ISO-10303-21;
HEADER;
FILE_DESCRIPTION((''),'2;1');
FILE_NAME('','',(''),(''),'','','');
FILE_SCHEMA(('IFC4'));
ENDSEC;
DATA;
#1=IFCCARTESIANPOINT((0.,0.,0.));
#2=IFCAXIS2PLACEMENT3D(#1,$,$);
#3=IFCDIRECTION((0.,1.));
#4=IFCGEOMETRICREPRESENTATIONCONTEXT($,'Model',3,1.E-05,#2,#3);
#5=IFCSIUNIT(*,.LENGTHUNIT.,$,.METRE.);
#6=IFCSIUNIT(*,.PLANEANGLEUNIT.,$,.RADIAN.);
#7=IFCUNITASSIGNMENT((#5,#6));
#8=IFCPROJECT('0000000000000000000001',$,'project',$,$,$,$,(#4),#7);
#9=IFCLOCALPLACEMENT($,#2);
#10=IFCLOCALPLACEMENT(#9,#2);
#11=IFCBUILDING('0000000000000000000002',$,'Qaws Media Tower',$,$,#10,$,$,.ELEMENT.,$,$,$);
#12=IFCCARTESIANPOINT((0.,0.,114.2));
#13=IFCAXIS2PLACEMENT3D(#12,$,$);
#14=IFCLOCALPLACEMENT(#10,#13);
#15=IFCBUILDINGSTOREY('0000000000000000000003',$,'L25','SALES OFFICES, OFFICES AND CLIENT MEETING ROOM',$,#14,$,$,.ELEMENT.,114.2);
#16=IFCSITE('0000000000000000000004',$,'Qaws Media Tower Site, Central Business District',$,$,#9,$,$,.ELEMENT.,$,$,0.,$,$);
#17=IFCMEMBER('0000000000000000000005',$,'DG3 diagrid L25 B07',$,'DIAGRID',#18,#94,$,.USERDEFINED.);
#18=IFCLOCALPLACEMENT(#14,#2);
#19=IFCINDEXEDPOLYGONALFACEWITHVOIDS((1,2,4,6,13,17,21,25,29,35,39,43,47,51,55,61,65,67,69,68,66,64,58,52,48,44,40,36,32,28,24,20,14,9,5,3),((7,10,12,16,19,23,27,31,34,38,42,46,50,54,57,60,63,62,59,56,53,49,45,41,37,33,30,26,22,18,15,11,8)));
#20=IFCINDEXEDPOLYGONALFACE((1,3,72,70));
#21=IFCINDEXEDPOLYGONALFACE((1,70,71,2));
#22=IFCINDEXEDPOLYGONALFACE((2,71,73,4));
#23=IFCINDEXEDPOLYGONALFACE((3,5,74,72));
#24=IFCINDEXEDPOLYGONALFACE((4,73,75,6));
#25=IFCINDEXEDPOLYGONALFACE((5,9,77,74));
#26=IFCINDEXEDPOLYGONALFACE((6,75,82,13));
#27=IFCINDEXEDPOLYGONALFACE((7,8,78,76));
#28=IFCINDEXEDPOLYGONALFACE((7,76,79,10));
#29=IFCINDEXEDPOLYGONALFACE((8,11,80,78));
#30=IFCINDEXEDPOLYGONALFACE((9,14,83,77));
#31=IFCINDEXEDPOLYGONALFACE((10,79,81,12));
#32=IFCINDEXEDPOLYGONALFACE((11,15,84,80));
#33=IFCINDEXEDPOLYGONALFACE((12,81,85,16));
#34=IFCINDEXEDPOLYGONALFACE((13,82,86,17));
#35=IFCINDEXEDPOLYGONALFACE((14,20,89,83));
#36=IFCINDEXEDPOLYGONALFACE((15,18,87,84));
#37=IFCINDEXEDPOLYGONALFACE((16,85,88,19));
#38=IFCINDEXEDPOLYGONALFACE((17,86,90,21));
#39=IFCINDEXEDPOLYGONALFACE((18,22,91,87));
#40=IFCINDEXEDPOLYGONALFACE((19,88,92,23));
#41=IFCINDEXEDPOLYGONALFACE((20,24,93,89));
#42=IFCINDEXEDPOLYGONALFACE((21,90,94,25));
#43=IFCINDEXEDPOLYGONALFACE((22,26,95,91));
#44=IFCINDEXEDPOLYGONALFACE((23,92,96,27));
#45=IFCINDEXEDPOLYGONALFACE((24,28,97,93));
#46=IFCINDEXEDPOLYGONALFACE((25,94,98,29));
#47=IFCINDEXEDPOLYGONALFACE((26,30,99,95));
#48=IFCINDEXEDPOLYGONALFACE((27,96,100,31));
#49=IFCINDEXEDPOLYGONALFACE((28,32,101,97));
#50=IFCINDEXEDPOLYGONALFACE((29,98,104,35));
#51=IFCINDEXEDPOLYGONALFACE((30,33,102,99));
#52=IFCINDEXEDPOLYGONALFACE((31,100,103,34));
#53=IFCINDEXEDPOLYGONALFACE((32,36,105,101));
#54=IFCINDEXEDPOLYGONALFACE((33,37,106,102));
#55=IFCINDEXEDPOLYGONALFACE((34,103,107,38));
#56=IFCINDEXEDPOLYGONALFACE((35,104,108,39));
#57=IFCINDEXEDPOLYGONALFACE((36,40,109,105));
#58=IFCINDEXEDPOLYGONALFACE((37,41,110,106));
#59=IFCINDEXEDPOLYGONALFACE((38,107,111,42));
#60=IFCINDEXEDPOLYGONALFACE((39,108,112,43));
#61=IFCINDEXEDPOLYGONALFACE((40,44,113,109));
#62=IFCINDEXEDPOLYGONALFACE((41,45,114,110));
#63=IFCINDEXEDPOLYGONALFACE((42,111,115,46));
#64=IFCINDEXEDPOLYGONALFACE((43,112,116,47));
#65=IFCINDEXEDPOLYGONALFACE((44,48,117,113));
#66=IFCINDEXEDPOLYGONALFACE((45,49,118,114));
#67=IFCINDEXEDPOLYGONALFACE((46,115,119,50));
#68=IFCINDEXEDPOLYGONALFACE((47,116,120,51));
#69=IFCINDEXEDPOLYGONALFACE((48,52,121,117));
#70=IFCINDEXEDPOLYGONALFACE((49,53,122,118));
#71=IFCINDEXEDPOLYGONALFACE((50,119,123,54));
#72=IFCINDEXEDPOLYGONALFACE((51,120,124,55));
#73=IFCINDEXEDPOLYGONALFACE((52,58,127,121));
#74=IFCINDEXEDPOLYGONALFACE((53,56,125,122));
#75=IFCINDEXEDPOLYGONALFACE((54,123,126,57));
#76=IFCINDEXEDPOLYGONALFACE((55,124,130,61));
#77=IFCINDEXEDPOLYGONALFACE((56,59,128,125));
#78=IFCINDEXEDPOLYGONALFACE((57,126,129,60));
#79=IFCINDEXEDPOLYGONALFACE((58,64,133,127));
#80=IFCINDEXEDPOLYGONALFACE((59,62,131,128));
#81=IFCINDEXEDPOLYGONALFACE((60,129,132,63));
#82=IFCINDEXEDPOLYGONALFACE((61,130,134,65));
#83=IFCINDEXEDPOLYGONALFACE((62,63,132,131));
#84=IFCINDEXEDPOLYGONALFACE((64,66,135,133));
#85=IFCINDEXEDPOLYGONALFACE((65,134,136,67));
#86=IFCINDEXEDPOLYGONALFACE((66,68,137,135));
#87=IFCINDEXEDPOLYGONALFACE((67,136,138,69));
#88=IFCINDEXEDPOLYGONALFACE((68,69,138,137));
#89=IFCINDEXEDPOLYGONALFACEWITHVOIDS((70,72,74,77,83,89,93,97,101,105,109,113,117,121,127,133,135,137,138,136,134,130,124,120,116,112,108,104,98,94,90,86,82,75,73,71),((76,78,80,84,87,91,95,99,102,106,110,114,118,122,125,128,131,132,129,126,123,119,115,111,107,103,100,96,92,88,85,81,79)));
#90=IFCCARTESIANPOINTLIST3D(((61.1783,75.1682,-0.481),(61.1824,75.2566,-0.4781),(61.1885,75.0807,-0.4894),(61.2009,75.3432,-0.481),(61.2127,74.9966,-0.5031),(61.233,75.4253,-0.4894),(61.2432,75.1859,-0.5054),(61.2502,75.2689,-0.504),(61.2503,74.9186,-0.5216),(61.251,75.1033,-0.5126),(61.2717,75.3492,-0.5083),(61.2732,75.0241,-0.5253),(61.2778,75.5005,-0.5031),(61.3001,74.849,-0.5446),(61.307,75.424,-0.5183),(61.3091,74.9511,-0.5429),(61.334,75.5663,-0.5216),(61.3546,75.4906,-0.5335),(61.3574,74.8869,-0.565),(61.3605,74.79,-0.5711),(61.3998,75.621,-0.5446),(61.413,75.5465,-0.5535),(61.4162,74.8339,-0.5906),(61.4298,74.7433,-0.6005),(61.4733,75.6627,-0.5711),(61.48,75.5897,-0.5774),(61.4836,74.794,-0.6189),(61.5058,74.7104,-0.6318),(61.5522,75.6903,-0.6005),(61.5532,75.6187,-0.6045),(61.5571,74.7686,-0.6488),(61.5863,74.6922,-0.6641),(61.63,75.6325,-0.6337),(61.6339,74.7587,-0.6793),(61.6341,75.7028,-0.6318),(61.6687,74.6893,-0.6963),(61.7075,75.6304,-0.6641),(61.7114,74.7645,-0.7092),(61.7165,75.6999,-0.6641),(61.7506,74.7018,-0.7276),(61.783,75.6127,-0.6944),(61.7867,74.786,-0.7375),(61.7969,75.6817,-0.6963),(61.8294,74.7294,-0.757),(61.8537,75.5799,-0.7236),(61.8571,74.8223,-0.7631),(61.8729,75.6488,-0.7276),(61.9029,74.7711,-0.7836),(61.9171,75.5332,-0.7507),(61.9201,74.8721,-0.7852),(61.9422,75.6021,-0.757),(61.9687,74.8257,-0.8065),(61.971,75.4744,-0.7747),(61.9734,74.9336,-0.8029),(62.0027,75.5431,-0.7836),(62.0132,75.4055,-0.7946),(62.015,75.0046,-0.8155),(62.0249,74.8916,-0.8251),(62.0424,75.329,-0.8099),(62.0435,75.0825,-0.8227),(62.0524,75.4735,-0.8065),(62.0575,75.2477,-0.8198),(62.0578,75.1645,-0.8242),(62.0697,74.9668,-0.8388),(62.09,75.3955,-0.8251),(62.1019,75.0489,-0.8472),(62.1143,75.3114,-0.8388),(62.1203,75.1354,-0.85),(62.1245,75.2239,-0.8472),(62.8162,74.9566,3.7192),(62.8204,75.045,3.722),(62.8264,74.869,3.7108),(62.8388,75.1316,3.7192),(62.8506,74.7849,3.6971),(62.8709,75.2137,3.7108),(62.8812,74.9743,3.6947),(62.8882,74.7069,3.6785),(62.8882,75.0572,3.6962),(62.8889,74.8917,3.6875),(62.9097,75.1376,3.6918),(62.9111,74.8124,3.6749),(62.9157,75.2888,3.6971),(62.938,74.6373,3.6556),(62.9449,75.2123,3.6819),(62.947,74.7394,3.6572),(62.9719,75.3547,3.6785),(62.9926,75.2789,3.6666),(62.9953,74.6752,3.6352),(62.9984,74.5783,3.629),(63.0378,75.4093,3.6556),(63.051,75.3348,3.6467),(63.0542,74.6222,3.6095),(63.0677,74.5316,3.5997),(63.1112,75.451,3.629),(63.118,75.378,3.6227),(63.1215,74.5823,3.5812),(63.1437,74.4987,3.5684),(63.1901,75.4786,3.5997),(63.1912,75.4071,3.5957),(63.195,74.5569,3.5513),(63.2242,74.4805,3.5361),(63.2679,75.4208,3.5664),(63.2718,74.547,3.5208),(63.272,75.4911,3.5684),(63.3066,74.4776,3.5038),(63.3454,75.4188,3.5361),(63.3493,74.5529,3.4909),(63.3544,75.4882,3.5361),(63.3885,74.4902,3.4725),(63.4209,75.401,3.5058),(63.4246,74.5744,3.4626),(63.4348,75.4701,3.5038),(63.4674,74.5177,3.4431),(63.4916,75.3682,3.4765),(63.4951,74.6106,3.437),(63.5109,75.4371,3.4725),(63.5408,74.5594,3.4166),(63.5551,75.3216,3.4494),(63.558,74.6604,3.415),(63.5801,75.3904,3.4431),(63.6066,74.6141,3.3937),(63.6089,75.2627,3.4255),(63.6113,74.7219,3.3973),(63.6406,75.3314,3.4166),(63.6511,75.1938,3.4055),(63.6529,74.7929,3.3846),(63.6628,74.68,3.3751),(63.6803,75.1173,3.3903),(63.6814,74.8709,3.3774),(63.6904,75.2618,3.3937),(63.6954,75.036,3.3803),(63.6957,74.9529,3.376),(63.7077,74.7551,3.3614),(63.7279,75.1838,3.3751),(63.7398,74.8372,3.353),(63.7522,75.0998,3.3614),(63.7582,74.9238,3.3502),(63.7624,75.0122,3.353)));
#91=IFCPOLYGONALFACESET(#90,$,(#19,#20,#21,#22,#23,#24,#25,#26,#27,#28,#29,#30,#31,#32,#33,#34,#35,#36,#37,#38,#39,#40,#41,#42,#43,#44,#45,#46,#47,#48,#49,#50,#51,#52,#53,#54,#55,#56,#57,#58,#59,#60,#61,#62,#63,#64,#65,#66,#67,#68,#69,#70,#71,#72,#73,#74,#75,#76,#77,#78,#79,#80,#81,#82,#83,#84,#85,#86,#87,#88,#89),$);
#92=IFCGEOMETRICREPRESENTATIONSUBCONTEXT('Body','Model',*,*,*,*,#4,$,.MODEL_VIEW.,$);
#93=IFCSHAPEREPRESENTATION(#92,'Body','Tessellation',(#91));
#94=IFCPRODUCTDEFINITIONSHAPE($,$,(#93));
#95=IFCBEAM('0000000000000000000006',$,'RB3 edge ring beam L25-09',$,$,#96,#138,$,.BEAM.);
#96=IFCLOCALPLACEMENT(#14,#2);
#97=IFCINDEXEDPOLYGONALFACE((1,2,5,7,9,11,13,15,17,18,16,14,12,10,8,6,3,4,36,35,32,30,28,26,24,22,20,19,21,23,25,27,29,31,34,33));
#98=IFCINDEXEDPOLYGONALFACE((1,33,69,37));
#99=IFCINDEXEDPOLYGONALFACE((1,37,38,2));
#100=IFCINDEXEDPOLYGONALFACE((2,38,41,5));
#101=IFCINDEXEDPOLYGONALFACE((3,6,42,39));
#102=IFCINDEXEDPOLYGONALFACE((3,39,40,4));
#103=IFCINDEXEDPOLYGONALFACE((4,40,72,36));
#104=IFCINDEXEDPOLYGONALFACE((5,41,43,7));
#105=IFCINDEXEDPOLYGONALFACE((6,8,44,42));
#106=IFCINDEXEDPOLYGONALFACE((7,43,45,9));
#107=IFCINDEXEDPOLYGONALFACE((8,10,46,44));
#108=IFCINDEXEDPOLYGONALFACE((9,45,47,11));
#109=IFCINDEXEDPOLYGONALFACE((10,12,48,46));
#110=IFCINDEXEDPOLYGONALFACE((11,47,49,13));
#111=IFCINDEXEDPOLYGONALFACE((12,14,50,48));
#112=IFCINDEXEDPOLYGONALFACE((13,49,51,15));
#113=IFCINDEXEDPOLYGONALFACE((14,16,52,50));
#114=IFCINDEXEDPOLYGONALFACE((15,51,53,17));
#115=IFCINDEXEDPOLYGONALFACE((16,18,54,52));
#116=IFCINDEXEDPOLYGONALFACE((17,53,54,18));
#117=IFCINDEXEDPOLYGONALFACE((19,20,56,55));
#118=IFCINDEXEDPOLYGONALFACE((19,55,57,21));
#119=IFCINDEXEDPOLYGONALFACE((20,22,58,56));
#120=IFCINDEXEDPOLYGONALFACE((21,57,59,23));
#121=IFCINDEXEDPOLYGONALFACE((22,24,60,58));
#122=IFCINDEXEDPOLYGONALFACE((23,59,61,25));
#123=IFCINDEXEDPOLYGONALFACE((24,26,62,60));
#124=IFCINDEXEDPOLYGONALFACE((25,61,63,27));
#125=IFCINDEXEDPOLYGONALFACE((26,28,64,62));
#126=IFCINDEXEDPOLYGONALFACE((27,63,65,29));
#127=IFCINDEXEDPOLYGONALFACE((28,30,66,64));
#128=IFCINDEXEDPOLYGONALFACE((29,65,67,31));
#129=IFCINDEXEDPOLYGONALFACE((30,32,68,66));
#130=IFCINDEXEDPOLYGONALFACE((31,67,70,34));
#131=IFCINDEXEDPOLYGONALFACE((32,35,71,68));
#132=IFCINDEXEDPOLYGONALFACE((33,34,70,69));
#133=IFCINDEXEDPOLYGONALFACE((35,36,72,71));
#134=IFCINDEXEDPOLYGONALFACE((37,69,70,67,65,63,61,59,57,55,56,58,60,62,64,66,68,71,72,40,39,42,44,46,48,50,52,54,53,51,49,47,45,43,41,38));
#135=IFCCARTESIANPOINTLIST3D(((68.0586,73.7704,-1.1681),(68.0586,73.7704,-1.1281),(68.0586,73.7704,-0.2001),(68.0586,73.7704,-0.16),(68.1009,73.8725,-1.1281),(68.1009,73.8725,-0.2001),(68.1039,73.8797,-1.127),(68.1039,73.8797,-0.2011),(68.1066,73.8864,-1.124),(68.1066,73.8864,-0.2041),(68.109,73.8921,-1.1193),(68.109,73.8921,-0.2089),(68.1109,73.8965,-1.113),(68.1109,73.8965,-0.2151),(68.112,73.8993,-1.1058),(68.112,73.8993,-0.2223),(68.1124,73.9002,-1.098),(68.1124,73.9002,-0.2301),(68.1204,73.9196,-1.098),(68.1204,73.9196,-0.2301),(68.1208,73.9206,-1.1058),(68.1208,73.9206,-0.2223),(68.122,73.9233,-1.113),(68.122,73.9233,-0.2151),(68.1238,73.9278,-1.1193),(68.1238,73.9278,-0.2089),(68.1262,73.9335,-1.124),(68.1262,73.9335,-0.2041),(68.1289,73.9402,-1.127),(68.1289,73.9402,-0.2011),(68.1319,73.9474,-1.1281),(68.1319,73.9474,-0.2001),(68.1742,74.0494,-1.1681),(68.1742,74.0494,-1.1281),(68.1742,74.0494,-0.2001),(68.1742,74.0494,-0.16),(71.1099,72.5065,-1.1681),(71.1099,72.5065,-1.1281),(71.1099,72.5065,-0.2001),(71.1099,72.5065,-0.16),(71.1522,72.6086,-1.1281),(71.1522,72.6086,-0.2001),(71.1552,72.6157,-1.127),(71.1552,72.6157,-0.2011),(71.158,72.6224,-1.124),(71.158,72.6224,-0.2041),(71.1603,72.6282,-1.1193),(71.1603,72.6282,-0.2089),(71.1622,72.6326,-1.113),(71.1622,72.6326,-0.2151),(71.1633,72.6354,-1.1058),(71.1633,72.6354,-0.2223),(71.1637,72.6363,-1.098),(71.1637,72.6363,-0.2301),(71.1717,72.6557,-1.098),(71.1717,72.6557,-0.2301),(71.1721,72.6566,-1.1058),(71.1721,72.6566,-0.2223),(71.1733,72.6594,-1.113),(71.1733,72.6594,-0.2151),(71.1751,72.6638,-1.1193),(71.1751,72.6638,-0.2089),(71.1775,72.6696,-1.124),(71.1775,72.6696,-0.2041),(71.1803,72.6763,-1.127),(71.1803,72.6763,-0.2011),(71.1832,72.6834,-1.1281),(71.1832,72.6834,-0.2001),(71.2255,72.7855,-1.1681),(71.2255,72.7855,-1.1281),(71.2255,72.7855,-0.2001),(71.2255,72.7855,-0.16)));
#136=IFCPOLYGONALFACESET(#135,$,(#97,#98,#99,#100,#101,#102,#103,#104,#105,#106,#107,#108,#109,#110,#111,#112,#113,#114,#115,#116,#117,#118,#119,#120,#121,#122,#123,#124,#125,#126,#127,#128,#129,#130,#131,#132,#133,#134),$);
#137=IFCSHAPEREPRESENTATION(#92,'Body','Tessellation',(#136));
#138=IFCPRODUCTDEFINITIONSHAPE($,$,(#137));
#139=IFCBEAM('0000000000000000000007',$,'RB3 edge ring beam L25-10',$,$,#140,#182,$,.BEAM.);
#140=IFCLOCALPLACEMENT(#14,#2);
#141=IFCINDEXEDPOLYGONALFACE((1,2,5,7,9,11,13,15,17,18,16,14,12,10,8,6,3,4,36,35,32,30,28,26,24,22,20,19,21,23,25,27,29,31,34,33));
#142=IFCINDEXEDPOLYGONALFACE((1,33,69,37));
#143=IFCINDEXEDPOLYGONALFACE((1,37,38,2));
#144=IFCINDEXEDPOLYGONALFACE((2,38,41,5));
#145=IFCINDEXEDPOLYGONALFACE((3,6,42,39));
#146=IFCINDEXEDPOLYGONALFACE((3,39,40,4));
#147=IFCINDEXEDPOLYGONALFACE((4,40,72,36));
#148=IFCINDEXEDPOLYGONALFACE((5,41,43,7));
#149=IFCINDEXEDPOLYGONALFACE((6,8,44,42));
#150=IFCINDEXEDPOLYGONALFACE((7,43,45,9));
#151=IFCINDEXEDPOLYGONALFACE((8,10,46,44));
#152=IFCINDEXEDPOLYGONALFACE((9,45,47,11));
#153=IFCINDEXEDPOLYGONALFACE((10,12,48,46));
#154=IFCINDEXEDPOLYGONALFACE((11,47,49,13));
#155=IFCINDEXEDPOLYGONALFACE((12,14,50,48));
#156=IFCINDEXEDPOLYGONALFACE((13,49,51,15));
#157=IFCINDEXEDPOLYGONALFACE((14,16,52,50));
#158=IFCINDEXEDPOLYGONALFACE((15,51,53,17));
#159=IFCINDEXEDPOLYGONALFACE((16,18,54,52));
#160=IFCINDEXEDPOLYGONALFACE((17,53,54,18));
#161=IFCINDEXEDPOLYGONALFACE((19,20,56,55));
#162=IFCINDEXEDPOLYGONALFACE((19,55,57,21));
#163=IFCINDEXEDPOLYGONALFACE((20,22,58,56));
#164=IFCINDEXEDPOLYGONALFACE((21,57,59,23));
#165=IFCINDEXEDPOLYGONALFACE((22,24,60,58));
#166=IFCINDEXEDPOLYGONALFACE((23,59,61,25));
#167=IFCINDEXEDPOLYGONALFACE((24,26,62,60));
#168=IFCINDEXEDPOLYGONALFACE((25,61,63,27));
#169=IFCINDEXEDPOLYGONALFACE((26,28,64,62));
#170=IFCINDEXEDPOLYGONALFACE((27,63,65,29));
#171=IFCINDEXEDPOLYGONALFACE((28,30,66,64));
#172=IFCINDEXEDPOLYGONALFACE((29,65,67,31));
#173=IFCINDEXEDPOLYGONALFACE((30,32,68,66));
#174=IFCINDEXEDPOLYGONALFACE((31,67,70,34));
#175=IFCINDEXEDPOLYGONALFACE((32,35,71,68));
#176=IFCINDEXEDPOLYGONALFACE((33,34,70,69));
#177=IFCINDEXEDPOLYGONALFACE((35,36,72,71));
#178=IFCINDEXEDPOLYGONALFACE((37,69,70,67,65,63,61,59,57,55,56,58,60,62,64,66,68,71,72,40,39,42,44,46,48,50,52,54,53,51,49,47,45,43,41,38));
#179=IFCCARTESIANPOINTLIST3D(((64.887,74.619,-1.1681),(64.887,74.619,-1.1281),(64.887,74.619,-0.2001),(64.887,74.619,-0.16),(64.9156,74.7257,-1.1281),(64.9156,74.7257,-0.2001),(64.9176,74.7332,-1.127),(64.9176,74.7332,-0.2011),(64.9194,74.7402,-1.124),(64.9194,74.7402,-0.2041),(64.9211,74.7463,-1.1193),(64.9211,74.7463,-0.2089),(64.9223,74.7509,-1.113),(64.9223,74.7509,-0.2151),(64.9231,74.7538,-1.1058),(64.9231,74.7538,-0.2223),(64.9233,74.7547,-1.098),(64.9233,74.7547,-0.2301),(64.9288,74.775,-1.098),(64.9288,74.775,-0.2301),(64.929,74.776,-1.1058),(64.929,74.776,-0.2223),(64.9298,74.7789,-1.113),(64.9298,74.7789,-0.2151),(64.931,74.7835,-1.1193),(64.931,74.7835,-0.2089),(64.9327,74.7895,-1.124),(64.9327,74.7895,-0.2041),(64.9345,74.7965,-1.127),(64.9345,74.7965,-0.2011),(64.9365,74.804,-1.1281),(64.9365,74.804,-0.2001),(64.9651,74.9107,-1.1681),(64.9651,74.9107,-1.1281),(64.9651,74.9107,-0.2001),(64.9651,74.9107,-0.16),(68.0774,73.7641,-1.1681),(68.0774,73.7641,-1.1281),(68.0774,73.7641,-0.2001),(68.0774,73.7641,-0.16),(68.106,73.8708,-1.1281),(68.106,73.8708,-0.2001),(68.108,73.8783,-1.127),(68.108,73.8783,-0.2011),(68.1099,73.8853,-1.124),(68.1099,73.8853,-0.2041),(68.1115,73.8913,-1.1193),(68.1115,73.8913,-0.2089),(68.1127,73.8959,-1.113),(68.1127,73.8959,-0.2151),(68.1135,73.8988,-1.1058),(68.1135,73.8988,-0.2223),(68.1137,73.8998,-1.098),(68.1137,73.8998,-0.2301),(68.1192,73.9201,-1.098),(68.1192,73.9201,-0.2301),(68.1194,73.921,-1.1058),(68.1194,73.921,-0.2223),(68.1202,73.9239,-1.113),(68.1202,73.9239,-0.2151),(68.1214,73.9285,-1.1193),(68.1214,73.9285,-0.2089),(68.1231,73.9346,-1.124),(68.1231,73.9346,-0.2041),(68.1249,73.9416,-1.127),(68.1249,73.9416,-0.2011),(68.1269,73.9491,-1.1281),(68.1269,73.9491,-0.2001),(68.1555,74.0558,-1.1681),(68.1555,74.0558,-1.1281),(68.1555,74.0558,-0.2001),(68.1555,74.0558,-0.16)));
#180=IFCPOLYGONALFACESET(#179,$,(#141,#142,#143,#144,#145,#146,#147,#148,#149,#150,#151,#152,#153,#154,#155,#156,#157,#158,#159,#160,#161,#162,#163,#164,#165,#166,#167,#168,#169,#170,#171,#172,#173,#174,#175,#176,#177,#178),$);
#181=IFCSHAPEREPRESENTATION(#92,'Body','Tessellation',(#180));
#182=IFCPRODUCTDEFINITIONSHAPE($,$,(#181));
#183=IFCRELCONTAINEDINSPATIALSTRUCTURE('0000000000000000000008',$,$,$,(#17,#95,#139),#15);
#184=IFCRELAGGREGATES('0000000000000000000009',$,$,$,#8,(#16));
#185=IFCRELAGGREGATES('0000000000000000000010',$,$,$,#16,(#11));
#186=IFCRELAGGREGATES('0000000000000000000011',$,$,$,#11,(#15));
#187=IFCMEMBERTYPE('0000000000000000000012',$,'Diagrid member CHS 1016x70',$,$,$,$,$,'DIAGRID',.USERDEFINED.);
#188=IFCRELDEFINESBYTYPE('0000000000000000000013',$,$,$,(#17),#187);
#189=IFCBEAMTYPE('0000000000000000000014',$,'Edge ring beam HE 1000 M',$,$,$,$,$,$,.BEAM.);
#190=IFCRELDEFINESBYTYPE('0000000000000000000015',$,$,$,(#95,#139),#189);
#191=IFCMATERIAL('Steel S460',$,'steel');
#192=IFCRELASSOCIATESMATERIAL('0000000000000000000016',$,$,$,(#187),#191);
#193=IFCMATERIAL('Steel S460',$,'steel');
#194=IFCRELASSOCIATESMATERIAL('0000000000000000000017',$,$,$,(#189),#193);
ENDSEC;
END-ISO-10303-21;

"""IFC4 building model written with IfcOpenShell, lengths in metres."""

from ifc_helpers import new_model, si_unit, direction, frame, origin, origin_2d, place, context, subcontext, project, spatial, hollow_circle, i_section, extrude, material, material_profile, profile_set, type_object, element, save


model = new_model("IFC4")

# Units and contexts
model_context = context("Model", 3, precision=1e-05, world=origin(), true_north=direction((0.0, 1.0)))
body_context = subcontext(model_context, "Body", "Model", "MODEL_VIEW")
ifc_project = project(units=[si_unit("LENGTHUNIT", "METRE"), si_unit("PLANEANGLEUNIT", "RADIAN")], contexts=[model_context])

# Site, building, storey
site_placement = place(None, origin())
site = spatial("IfcSite", under=ifc_project, at=site_placement, Name="Qaws Media Tower Site, Central Business District", CompositionType="ELEMENT", RefElevation=0.0)
building_placement = place(site_placement, origin())
building = spatial("IfcBuilding", under=site, at=building_placement, Name="Qaws Media Tower", CompositionType="ELEMENT")
storey_placement = place(building_placement, frame((0.0, 0.0, 114.2)))
storey = spatial("IfcBuildingStorey", under=building, at=storey_placement, Name="L25", Description="SALES OFFICES, OFFICES AND CLIENT MEETING ROOM", CompositionType="ELEMENT", Elevation=114.2)

# Member
ifc_material_1 = material(Name="Steel S460", Category="steel")
ifc_material_profile_1 = material_profile(ifc_material_1, hollow_circle(Radius=0.5081, WallThickness=0.0701, at=origin_2d()), Name="CHS 1016x70")
ifc_profile_set_1 = profile_set([ifc_material_profile_1], Name="Steel S460")
member_type_1 = type_object("IfcMemberType", Name="Diagrid member CHS 1016x70", ElementType="DIAGRID", PredefinedType="USERDEFINED", material=ifc_profile_set_1)
for number, where, z_axis, x_axis, name in (
    (1, (61.6514, 75.196, -0.6641), (0.362919, -0.0469, 0.93064), (0.128164, 0.991753, 0.0), "DG3 diagrid L25 B07"),
):
    element("IfcMember", number, at=place(storey_placement, frame(where, z_axis=z_axis, x_axis=x_axis)), inside=storey, type_object=member_type_1, Name=name, ObjectType="DIAGRID", PredefinedType="USERDEFINED", context=body_context, shape_type="SweptSolid", body=[
        extrude(hollow_circle(Radius=0.5081, WallThickness=0.0701, at=origin_2d()), origin(), (0.0, 0.0, 1.0), 4.5132),
    ])

# Beams
ifc_material_2 = material(Name="Steel S460", Category="steel")
ifc_material_profile_2 = material_profile(ifc_material_2, i_section(OverallWidth=0.302, OverallDepth=1.0081, WebThickness=0.021, FlangeThickness=0.04, FilletRadius=0.03, at=origin_2d()), Name="HE 1000 M")
ifc_profile_set_2 = profile_set([ifc_material_profile_2], Name="Steel S460")
beam_type = type_object("IfcBeamType", Name="Edge ring beam HE 1000 M", PredefinedType="BEAM", material=ifc_profile_set_2)
beam_1_placement = place(storey_placement, frame((71.1677, 72.646, -0.6641), z_axis=(-0.923875, 0.382693, 0.0), x_axis=(-0.382693, -0.923875, 0.0)))
element("IfcBeam", 2, at=beam_1_placement, inside=storey, type_object=beam_type, Name="RB3 edge ring beam L25-09", PredefinedType="BEAM", context=body_context, shape_type="SweptSolid", body=[
    extrude(i_section(OverallWidth=0.302, OverallDepth=1.0081, WebThickness=0.021, FlangeThickness=0.04, FilletRadius=0.03, at=origin_2d()), origin(), (0.0, 0.0, 1.0), 3.3027),
])
for number, where, z_axis, x_axis, name in (
    (3, (68.1165, 73.9099, -0.6641), (-0.965918, 0.258849, 0.0), (-0.258849, -0.965918, 0.0), "RB3 edge ring beam L25-10"),
):
    element("IfcBeam", number, at=place(storey_placement, frame(where, z_axis=z_axis, x_axis=x_axis)), inside=storey, type_object=beam_type, Name=name, PredefinedType="BEAM", context=body_context, shape_type="SweptSolid", body=[
        extrude(i_section(OverallWidth=0.302, OverallDepth=1.0081, WebThickness=0.021, FlangeThickness=0.04, FilletRadius=0.03, at=origin_2d()), origin(), (0.0, 0.0, 1.0), 3.303),
    ])

save(model, "model.ifc")
